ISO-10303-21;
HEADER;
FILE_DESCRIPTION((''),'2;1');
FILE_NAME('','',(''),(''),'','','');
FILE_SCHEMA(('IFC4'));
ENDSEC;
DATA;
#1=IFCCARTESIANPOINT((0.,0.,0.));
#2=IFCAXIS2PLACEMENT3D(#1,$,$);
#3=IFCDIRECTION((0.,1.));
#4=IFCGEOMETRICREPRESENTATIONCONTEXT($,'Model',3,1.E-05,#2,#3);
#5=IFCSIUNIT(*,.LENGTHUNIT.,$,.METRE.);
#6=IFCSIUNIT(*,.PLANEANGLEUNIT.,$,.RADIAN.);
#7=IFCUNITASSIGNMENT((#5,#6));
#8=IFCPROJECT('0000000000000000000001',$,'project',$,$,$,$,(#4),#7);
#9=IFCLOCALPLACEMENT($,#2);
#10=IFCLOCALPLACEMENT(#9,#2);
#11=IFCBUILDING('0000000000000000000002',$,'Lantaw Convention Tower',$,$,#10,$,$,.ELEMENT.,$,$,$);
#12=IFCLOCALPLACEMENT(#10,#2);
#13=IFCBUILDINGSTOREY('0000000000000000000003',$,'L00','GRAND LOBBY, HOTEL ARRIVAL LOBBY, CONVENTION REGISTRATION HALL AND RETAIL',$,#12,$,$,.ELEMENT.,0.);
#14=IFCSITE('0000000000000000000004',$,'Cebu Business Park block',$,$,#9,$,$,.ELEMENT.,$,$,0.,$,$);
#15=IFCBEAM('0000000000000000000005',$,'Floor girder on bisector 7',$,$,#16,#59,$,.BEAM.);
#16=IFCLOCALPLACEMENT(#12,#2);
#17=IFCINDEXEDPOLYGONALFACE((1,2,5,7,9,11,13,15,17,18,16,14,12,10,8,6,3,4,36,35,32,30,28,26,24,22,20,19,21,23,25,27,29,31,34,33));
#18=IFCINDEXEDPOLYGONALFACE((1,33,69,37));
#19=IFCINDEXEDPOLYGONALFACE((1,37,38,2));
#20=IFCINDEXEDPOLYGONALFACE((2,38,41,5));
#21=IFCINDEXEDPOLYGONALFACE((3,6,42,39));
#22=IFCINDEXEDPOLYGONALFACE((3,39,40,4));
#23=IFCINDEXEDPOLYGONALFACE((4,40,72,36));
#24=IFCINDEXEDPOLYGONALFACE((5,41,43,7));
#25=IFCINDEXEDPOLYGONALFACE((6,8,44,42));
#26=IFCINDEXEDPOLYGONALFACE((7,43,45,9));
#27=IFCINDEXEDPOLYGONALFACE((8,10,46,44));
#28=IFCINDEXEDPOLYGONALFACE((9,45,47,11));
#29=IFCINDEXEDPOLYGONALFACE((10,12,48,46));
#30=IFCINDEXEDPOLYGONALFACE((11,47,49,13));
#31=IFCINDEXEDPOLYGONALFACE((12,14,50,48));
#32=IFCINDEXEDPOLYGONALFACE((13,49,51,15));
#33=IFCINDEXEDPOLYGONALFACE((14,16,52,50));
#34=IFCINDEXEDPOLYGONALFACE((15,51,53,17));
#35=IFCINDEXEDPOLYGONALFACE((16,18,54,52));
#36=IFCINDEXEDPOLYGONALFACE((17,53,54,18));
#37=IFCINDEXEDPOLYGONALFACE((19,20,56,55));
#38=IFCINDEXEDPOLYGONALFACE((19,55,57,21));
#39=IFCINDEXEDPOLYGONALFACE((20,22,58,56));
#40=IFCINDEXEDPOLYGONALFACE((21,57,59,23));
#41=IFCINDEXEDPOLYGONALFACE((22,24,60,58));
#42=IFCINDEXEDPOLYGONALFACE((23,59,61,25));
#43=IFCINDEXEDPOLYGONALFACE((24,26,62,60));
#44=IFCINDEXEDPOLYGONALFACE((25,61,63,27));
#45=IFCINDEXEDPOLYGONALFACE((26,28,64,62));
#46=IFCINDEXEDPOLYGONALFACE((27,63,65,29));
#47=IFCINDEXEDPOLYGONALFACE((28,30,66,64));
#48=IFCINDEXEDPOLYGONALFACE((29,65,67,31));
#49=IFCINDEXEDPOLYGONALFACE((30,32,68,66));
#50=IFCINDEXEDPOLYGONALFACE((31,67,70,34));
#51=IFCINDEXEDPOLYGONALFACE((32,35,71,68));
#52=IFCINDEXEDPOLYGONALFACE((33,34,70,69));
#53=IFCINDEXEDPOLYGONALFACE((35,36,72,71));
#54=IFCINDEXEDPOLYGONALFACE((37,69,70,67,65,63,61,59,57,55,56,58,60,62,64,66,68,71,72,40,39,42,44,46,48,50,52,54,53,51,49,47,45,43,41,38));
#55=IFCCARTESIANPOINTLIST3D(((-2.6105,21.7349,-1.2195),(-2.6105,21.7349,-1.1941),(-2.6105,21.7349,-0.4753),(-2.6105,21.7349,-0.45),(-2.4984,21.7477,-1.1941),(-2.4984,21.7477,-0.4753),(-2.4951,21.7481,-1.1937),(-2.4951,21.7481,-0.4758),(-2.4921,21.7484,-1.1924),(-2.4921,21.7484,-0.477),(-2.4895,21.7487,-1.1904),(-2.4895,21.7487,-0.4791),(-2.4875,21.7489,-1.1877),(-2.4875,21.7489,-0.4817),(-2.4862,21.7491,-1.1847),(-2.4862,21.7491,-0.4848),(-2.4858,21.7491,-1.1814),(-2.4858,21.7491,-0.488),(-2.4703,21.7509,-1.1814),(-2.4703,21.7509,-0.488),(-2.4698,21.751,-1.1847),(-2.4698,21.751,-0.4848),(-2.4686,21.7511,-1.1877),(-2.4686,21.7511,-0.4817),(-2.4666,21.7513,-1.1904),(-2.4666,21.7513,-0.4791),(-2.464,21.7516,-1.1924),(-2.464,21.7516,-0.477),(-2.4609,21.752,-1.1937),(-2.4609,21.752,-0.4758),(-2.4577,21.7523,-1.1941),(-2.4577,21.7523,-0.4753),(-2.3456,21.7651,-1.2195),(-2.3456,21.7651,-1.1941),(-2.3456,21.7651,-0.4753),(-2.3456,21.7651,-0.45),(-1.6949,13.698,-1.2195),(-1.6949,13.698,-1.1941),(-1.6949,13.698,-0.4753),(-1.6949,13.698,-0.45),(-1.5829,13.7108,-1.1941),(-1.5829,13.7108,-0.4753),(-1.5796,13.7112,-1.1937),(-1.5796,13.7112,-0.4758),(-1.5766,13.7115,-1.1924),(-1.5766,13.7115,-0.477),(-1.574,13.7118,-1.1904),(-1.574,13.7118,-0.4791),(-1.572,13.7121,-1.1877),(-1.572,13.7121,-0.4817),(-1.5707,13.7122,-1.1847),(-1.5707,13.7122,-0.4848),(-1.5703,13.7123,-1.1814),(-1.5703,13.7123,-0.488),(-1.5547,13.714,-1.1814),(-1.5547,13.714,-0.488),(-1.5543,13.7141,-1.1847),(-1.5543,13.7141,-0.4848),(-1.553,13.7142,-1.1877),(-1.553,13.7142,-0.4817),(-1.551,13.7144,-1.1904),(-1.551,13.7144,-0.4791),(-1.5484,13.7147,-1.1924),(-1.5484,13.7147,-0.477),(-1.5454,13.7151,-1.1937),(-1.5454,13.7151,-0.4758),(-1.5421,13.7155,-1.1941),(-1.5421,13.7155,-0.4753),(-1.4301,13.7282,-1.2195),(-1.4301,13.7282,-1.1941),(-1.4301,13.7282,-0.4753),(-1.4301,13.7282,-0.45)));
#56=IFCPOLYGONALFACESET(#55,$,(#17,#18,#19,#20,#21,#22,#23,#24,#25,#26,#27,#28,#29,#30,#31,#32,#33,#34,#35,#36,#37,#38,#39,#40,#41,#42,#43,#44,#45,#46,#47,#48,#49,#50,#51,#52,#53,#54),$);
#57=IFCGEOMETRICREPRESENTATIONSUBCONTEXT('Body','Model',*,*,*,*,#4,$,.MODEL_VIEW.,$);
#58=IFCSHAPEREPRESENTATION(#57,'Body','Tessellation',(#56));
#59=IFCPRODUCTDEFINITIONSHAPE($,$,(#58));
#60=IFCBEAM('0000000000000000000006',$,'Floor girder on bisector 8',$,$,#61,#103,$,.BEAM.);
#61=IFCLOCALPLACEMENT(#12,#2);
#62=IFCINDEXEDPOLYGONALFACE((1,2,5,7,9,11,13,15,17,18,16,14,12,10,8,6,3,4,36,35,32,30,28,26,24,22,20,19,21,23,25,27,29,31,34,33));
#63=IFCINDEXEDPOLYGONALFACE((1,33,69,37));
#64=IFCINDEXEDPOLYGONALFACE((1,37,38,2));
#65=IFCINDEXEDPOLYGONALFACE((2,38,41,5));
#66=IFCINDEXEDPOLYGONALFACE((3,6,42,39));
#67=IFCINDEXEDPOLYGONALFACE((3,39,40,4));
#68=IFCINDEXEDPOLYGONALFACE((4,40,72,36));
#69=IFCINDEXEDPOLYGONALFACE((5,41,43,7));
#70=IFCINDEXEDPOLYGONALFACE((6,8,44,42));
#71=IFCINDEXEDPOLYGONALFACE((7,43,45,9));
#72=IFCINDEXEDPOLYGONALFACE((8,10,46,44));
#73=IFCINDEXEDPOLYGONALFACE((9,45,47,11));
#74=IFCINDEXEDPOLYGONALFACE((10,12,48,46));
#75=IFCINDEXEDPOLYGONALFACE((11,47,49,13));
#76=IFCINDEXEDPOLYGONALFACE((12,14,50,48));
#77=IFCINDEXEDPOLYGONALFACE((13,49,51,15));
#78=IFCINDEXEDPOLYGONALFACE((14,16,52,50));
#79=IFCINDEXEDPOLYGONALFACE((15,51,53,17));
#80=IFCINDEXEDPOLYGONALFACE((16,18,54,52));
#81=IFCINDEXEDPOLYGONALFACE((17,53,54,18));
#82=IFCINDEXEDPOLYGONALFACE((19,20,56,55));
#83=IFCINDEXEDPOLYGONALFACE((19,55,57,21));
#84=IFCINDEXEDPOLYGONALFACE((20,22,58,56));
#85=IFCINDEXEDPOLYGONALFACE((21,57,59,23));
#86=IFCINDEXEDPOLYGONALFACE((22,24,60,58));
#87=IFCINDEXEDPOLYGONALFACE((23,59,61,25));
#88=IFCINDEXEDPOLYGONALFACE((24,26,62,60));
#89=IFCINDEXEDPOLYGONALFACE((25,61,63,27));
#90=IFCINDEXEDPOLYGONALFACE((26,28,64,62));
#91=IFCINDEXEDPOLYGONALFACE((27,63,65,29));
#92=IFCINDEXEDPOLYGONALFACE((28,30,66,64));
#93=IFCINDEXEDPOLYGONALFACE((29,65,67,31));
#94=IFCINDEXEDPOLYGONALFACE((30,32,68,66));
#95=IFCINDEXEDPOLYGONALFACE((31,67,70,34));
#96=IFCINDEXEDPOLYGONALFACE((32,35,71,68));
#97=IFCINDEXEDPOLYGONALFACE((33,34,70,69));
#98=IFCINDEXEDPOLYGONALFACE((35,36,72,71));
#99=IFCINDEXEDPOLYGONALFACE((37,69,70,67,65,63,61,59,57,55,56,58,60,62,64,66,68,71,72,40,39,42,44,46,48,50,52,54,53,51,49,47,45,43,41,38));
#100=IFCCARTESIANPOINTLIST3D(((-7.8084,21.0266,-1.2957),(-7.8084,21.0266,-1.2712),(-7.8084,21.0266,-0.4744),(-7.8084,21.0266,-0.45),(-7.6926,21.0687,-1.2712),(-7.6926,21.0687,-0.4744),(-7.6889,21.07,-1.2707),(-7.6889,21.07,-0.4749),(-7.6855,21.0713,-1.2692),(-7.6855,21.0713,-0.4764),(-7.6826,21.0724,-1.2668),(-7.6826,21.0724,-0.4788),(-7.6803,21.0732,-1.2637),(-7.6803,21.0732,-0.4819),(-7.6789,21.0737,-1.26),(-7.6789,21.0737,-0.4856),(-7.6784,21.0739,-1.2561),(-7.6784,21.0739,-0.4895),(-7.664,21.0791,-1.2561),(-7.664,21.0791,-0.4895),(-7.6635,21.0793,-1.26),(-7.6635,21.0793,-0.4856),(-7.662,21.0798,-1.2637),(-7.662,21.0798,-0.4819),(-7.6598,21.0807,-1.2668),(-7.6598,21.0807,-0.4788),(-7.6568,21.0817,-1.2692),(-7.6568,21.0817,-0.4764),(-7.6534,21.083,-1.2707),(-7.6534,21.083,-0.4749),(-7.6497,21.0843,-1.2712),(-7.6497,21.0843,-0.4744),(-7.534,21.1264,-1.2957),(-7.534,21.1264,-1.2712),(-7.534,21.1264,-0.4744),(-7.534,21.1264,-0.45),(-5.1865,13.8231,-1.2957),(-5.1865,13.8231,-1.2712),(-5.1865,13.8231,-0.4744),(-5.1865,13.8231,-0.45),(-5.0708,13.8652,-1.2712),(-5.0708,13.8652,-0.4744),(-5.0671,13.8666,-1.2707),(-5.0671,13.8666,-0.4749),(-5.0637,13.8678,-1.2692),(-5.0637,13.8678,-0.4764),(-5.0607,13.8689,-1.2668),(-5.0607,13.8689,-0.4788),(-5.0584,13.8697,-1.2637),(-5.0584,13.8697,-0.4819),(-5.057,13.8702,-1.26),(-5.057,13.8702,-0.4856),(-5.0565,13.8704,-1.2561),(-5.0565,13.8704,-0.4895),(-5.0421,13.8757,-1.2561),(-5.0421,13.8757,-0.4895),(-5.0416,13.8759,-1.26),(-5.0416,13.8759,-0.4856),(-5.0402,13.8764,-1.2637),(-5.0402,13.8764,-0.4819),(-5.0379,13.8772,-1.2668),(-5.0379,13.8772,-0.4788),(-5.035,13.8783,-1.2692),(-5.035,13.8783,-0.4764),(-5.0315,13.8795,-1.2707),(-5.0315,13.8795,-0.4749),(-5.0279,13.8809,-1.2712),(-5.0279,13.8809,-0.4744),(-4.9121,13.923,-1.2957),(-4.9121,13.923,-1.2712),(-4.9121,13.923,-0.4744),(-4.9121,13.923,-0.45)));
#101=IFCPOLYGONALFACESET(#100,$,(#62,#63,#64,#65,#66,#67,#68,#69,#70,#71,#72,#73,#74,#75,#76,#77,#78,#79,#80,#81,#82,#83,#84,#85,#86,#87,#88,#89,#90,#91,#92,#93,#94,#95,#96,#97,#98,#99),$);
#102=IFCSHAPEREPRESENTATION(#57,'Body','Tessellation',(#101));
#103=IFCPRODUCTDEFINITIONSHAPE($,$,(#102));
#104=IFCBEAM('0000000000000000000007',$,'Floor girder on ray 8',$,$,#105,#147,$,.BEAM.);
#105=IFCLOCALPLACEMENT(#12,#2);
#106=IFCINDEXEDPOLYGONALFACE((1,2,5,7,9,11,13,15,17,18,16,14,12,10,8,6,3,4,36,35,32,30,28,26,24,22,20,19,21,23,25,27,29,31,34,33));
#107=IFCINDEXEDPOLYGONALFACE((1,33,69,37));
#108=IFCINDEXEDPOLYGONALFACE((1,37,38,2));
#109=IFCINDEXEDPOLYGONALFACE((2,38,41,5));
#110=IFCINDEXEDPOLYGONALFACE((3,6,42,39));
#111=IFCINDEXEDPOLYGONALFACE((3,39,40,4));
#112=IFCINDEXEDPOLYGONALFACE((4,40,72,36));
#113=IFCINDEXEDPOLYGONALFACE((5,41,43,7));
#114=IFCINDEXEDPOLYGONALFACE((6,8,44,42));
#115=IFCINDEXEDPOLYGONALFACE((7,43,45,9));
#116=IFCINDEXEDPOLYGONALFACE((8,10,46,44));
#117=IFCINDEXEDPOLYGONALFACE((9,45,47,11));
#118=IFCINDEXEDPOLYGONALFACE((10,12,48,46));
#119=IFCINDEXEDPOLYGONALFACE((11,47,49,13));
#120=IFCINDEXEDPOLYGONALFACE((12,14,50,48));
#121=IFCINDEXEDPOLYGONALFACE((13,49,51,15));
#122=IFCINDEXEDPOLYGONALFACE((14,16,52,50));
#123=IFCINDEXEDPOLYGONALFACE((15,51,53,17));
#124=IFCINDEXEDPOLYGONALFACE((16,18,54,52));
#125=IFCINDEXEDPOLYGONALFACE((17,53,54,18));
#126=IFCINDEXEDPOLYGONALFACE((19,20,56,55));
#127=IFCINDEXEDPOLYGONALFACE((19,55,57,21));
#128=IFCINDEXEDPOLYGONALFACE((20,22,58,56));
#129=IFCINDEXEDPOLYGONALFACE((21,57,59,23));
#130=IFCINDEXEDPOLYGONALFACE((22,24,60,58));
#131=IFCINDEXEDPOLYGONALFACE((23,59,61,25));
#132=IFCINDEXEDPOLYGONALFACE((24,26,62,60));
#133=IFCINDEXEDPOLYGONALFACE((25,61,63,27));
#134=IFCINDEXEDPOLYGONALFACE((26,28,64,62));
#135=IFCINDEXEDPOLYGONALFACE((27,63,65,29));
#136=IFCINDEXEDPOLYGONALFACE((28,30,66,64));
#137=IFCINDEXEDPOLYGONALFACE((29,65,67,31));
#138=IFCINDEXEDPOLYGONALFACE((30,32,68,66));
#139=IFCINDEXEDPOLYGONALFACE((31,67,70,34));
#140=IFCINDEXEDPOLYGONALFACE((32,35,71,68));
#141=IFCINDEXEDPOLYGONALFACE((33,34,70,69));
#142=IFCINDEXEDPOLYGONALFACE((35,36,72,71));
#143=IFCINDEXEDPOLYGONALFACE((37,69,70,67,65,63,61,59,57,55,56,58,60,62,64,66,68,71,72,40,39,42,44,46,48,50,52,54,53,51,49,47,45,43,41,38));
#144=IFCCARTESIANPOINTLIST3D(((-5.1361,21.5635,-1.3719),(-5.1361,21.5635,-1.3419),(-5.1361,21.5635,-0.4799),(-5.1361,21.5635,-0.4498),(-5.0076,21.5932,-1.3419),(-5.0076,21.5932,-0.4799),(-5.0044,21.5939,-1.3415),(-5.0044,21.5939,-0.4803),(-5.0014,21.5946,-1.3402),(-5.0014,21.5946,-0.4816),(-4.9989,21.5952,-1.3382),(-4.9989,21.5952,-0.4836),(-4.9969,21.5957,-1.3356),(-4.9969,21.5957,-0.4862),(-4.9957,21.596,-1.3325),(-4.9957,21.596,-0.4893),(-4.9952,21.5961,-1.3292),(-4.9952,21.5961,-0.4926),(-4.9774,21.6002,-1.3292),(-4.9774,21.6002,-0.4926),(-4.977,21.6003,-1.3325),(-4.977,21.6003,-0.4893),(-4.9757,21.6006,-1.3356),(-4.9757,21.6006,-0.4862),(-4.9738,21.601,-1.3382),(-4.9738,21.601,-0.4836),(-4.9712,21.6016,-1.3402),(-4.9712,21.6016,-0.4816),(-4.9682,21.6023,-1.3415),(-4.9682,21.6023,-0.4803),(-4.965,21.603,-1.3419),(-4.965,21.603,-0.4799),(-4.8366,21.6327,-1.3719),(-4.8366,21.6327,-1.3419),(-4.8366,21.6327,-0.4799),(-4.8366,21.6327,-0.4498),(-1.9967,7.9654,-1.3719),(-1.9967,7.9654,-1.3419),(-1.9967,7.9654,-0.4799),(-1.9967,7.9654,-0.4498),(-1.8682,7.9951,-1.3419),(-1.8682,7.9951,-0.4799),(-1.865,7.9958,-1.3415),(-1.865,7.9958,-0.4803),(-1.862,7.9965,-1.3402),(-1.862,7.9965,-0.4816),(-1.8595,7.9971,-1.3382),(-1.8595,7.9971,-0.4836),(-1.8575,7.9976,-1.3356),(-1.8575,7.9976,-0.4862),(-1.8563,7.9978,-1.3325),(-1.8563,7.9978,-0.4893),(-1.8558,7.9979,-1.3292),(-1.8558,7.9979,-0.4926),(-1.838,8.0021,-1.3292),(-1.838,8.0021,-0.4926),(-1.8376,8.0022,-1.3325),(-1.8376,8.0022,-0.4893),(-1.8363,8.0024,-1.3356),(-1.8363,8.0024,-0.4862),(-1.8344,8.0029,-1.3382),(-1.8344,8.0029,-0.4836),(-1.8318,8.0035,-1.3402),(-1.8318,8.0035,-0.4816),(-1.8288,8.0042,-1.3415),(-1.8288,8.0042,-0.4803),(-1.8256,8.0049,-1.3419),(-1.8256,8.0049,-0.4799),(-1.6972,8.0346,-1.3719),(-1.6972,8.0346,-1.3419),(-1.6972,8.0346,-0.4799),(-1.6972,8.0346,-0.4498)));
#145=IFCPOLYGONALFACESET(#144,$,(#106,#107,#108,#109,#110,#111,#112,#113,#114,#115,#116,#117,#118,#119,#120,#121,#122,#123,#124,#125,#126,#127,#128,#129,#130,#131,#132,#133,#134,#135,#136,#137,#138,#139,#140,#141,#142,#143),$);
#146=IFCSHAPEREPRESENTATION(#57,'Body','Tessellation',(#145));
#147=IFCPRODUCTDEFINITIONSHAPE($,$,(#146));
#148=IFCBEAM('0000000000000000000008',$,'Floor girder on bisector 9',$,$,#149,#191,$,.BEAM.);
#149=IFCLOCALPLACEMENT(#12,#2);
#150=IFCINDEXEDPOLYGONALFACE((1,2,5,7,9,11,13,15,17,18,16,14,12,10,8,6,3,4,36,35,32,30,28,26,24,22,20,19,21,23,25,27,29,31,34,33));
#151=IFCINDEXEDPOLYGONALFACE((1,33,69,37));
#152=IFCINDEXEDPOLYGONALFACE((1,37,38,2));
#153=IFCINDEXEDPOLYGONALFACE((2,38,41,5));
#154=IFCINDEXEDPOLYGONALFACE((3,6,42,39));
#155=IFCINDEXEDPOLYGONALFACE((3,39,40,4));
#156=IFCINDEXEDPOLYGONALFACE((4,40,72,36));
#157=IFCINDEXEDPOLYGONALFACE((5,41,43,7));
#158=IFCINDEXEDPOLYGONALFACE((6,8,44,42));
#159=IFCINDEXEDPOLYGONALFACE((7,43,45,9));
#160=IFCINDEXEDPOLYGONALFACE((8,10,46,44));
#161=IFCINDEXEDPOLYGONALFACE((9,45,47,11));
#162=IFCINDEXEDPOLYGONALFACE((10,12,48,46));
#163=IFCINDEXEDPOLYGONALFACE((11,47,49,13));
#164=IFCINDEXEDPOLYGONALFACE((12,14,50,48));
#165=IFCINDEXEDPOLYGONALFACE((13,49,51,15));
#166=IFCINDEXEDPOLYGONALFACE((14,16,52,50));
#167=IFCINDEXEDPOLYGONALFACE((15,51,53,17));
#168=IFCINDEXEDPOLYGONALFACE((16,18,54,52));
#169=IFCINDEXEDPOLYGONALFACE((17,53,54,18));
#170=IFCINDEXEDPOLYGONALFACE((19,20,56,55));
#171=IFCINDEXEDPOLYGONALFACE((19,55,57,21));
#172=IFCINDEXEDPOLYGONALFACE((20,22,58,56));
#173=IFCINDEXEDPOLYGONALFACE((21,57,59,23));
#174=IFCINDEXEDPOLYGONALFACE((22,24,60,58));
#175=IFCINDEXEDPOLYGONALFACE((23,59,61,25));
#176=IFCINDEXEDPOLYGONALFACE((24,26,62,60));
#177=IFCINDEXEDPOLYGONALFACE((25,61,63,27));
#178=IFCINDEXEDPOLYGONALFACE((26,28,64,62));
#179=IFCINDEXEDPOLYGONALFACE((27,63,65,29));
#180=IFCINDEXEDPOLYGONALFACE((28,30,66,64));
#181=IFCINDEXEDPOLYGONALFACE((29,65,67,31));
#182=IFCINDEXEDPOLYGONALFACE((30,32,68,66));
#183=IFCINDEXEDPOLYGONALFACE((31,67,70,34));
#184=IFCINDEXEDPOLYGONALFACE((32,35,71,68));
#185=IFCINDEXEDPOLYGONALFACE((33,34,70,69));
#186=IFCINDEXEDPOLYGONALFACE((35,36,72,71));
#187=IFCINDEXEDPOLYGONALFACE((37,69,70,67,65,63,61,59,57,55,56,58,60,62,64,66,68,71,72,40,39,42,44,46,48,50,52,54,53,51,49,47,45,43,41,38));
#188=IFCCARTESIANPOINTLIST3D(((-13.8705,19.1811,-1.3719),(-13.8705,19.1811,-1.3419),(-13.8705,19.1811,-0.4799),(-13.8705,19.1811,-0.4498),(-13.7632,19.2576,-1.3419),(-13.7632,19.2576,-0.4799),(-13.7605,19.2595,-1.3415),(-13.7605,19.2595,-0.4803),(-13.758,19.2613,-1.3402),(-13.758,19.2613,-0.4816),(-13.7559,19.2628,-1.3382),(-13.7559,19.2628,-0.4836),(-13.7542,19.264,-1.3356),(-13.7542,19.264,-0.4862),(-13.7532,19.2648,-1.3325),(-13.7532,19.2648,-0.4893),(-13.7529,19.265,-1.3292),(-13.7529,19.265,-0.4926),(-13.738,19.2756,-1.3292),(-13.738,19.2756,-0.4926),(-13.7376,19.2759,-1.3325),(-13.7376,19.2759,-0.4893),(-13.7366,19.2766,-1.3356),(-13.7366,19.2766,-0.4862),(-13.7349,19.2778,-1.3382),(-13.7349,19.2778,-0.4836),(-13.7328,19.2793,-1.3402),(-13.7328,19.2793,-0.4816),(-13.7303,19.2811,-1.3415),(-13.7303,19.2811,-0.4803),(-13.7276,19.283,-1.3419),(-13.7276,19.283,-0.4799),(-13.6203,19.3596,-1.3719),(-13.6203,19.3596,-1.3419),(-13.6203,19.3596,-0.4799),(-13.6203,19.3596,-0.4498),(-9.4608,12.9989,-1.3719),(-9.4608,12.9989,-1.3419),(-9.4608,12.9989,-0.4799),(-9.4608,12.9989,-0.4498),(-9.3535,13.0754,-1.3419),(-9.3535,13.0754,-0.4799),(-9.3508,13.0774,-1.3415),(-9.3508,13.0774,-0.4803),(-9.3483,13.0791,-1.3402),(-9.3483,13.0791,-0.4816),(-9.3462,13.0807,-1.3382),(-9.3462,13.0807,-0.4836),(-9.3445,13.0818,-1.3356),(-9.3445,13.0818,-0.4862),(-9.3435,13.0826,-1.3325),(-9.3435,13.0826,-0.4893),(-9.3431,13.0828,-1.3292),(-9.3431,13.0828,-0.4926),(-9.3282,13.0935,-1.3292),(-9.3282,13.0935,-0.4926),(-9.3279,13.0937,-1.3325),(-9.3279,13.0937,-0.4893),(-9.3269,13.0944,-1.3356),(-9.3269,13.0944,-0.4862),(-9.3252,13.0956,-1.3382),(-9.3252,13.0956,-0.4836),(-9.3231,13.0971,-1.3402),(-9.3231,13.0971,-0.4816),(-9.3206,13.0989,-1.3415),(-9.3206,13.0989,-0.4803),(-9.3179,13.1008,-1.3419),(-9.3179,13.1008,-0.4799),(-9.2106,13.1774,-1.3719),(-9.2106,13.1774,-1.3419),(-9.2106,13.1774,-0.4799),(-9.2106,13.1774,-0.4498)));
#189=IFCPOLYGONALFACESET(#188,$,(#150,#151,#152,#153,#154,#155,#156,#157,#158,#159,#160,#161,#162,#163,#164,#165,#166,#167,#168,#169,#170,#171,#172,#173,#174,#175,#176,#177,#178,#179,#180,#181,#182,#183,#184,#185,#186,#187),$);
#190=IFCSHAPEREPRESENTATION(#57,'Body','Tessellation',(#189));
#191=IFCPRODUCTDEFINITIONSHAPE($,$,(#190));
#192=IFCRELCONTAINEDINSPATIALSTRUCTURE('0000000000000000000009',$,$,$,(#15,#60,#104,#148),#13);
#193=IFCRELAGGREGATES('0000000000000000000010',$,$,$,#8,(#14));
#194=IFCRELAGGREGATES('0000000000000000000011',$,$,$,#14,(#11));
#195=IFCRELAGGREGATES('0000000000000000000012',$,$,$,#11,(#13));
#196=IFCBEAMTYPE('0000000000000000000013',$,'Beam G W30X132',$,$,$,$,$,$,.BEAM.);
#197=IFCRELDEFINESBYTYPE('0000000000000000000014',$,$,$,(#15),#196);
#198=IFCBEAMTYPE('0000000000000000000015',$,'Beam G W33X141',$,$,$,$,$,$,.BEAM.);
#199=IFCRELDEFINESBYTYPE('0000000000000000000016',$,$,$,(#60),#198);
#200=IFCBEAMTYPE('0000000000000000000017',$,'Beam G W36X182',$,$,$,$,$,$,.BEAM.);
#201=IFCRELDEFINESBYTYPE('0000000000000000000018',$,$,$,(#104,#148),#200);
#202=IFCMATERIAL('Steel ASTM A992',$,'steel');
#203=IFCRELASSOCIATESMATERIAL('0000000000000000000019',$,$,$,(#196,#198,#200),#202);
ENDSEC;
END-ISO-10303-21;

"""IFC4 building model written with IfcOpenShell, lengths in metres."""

from ifc_helpers import new_model, si_unit, direction, frame, origin, origin_2d, place, context, subcontext, project, spatial, i_section, extrude, material, material_profile, profile_set, type_object, element, save


model = new_model("IFC4")

# Units and contexts
model_context = context("Model", 3, precision=1e-05, world=origin(), true_north=direction((0.0, 1.0)))
body_context = subcontext(model_context, "Body", "Model", "MODEL_VIEW")
ifc_project = project(units=[si_unit("LENGTHUNIT", "METRE"), si_unit("PLANEANGLEUNIT", "RADIAN")], contexts=[model_context])

# Site, building, storey
site_placement = place(None, origin())
site = spatial("IfcSite", under=ifc_project, at=site_placement, Name="Cebu Business Park block", CompositionType="ELEMENT", RefElevation=0.0)
building_placement = place(site_placement, origin())
building = spatial("IfcBuilding", under=site, at=building_placement, Name="Lantaw Convention Tower", CompositionType="ELEMENT")
storey_placement = place(building_placement, origin())
storey = spatial("IfcBuildingStorey", under=building, at=storey_placement, Name="L00", Description="GRAND LOBBY, HOTEL ARRIVAL LOBBY, CONVENTION REGISTRATION HALL AND RETAIL", CompositionType="ELEMENT", Elevation=0.0)

# Beams
ifc_material_1 = material(Name="Steel ASTM A992", Category="steel")
ifc_material_profile_1 = material_profile(ifc_material_1, i_section(OverallWidth=0.2666, OverallDepth=0.7695, WebThickness=0.0156, FlangeThickness=0.0254, FilletRadius=0.0127, at=origin_2d()), Name="W30X132")
ifc_profile_set_1 = profile_set([ifc_material_profile_1], Name="Steel ASTM A992")
beam_type_1 = type_object("IfcBeamType", Name="Beam G W30X132", PredefinedType="BEAM", material=ifc_profile_set_1)
beam_1_placement = place(storey_placement, frame((-1.5625, 13.7131, -0.8347), z_axis=(-0.113184, 0.993574, 0.0), x_axis=(-0.993574, -0.113184, 0.0)))
element("IfcBeam", 1, at=beam_1_placement, inside=storey, type_object=beam_type_1, Name="Floor girder on bisector 7", PredefinedType="BEAM", context=body_context, shape_type="SweptSolid", body=[
    extrude(i_section(OverallWidth=0.2666, OverallDepth=0.7695, WebThickness=0.0156, FlangeThickness=0.0254, FilletRadius=0.0127, at=origin_2d()), origin(), (0.0, 0.0, 1.0), 8.0889),
])
ifc_material_profile_2 = material_profile(ifc_material_1, i_section(OverallWidth=0.292, OverallDepth=0.8457, WebThickness=0.0154, FlangeThickness=0.0244, FilletRadius=0.0151, at=origin_2d()), Name="W33X141")
ifc_profile_set_2 = profile_set([ifc_material_profile_2], Name="Steel ASTM A992")
beam_type_2 = type_object("IfcBeamType", Name="Beam G W33X141", PredefinedType="BEAM", material=ifc_profile_set_2)
beam_2_placement = place(storey_placement, frame((-5.0493, 13.873, -0.8728), z_axis=(-0.342022, 0.939692, 0.0), x_axis=(-0.939692, -0.342022, 0.0)))
element("IfcBeam", 2, at=beam_2_placement, inside=storey, type_object=beam_type_2, Name="Floor girder on bisector 8", PredefinedType="BEAM", context=body_context, shape_type="SweptSolid", body=[
    extrude(i_section(OverallWidth=0.292, OverallDepth=0.8457, WebThickness=0.0154, FlangeThickness=0.0244, FilletRadius=0.0151, at=origin_2d()), origin(), (0.0, 0.0, 1.0), 7.6658),
])
ifc_material_profile_3 = material_profile(ifc_material_1, i_section(OverallWidth=0.3074, OverallDepth=0.9221, WebThickness=0.0183, FlangeThickness=0.03, FilletRadius=0.0127, at=origin_2d()), Name="W36X182")
ifc_profile_set_3 = profile_set([ifc_material_profile_3], Name="Steel ASTM A992")
beam_type_3 = type_object("IfcBeamType", Name="Beam G W36X182", PredefinedType="BEAM", material=ifc_profile_set_3)
beam_3_placement = place(storey_placement, frame((-1.8469, 8.0, -0.9109), z_axis=(-0.224953, 0.97437, 0.0), x_axis=(-0.97437, -0.224953, 0.0)))
element("IfcBeam", 3, at=beam_3_placement, inside=storey, type_object=beam_type_3, Name="Floor girder on ray 8", PredefinedType="BEAM", context=body_context, shape_type="SweptSolid", body=[
    extrude(i_section(OverallWidth=0.3074, OverallDepth=0.9221, WebThickness=0.0183, FlangeThickness=0.03, FilletRadius=0.0127, at=origin_2d()), origin(), (0.0, 0.0, 1.0), 13.9558),
])
beam_4_placement = place(storey_placement, frame((-9.3357, 13.0881, -0.9109), z_axis=(-0.580703, 0.814116, 0.0), x_axis=(-0.814116, -0.580703, 0.0)))
element("IfcBeam", 4, at=beam_4_placement, inside=storey, type_object=beam_type_3, Name="Floor girder on bisector 9", PredefinedType="BEAM", context=body_context, shape_type="SweptSolid", body=[
    extrude(i_section(OverallWidth=0.3074, OverallDepth=0.9221, WebThickness=0.0183, FlangeThickness=0.03, FilletRadius=0.0127, at=origin_2d()), origin(), (0.0, 0.0, 1.0), 7.5938),
])

save(model, "model.ifc")
